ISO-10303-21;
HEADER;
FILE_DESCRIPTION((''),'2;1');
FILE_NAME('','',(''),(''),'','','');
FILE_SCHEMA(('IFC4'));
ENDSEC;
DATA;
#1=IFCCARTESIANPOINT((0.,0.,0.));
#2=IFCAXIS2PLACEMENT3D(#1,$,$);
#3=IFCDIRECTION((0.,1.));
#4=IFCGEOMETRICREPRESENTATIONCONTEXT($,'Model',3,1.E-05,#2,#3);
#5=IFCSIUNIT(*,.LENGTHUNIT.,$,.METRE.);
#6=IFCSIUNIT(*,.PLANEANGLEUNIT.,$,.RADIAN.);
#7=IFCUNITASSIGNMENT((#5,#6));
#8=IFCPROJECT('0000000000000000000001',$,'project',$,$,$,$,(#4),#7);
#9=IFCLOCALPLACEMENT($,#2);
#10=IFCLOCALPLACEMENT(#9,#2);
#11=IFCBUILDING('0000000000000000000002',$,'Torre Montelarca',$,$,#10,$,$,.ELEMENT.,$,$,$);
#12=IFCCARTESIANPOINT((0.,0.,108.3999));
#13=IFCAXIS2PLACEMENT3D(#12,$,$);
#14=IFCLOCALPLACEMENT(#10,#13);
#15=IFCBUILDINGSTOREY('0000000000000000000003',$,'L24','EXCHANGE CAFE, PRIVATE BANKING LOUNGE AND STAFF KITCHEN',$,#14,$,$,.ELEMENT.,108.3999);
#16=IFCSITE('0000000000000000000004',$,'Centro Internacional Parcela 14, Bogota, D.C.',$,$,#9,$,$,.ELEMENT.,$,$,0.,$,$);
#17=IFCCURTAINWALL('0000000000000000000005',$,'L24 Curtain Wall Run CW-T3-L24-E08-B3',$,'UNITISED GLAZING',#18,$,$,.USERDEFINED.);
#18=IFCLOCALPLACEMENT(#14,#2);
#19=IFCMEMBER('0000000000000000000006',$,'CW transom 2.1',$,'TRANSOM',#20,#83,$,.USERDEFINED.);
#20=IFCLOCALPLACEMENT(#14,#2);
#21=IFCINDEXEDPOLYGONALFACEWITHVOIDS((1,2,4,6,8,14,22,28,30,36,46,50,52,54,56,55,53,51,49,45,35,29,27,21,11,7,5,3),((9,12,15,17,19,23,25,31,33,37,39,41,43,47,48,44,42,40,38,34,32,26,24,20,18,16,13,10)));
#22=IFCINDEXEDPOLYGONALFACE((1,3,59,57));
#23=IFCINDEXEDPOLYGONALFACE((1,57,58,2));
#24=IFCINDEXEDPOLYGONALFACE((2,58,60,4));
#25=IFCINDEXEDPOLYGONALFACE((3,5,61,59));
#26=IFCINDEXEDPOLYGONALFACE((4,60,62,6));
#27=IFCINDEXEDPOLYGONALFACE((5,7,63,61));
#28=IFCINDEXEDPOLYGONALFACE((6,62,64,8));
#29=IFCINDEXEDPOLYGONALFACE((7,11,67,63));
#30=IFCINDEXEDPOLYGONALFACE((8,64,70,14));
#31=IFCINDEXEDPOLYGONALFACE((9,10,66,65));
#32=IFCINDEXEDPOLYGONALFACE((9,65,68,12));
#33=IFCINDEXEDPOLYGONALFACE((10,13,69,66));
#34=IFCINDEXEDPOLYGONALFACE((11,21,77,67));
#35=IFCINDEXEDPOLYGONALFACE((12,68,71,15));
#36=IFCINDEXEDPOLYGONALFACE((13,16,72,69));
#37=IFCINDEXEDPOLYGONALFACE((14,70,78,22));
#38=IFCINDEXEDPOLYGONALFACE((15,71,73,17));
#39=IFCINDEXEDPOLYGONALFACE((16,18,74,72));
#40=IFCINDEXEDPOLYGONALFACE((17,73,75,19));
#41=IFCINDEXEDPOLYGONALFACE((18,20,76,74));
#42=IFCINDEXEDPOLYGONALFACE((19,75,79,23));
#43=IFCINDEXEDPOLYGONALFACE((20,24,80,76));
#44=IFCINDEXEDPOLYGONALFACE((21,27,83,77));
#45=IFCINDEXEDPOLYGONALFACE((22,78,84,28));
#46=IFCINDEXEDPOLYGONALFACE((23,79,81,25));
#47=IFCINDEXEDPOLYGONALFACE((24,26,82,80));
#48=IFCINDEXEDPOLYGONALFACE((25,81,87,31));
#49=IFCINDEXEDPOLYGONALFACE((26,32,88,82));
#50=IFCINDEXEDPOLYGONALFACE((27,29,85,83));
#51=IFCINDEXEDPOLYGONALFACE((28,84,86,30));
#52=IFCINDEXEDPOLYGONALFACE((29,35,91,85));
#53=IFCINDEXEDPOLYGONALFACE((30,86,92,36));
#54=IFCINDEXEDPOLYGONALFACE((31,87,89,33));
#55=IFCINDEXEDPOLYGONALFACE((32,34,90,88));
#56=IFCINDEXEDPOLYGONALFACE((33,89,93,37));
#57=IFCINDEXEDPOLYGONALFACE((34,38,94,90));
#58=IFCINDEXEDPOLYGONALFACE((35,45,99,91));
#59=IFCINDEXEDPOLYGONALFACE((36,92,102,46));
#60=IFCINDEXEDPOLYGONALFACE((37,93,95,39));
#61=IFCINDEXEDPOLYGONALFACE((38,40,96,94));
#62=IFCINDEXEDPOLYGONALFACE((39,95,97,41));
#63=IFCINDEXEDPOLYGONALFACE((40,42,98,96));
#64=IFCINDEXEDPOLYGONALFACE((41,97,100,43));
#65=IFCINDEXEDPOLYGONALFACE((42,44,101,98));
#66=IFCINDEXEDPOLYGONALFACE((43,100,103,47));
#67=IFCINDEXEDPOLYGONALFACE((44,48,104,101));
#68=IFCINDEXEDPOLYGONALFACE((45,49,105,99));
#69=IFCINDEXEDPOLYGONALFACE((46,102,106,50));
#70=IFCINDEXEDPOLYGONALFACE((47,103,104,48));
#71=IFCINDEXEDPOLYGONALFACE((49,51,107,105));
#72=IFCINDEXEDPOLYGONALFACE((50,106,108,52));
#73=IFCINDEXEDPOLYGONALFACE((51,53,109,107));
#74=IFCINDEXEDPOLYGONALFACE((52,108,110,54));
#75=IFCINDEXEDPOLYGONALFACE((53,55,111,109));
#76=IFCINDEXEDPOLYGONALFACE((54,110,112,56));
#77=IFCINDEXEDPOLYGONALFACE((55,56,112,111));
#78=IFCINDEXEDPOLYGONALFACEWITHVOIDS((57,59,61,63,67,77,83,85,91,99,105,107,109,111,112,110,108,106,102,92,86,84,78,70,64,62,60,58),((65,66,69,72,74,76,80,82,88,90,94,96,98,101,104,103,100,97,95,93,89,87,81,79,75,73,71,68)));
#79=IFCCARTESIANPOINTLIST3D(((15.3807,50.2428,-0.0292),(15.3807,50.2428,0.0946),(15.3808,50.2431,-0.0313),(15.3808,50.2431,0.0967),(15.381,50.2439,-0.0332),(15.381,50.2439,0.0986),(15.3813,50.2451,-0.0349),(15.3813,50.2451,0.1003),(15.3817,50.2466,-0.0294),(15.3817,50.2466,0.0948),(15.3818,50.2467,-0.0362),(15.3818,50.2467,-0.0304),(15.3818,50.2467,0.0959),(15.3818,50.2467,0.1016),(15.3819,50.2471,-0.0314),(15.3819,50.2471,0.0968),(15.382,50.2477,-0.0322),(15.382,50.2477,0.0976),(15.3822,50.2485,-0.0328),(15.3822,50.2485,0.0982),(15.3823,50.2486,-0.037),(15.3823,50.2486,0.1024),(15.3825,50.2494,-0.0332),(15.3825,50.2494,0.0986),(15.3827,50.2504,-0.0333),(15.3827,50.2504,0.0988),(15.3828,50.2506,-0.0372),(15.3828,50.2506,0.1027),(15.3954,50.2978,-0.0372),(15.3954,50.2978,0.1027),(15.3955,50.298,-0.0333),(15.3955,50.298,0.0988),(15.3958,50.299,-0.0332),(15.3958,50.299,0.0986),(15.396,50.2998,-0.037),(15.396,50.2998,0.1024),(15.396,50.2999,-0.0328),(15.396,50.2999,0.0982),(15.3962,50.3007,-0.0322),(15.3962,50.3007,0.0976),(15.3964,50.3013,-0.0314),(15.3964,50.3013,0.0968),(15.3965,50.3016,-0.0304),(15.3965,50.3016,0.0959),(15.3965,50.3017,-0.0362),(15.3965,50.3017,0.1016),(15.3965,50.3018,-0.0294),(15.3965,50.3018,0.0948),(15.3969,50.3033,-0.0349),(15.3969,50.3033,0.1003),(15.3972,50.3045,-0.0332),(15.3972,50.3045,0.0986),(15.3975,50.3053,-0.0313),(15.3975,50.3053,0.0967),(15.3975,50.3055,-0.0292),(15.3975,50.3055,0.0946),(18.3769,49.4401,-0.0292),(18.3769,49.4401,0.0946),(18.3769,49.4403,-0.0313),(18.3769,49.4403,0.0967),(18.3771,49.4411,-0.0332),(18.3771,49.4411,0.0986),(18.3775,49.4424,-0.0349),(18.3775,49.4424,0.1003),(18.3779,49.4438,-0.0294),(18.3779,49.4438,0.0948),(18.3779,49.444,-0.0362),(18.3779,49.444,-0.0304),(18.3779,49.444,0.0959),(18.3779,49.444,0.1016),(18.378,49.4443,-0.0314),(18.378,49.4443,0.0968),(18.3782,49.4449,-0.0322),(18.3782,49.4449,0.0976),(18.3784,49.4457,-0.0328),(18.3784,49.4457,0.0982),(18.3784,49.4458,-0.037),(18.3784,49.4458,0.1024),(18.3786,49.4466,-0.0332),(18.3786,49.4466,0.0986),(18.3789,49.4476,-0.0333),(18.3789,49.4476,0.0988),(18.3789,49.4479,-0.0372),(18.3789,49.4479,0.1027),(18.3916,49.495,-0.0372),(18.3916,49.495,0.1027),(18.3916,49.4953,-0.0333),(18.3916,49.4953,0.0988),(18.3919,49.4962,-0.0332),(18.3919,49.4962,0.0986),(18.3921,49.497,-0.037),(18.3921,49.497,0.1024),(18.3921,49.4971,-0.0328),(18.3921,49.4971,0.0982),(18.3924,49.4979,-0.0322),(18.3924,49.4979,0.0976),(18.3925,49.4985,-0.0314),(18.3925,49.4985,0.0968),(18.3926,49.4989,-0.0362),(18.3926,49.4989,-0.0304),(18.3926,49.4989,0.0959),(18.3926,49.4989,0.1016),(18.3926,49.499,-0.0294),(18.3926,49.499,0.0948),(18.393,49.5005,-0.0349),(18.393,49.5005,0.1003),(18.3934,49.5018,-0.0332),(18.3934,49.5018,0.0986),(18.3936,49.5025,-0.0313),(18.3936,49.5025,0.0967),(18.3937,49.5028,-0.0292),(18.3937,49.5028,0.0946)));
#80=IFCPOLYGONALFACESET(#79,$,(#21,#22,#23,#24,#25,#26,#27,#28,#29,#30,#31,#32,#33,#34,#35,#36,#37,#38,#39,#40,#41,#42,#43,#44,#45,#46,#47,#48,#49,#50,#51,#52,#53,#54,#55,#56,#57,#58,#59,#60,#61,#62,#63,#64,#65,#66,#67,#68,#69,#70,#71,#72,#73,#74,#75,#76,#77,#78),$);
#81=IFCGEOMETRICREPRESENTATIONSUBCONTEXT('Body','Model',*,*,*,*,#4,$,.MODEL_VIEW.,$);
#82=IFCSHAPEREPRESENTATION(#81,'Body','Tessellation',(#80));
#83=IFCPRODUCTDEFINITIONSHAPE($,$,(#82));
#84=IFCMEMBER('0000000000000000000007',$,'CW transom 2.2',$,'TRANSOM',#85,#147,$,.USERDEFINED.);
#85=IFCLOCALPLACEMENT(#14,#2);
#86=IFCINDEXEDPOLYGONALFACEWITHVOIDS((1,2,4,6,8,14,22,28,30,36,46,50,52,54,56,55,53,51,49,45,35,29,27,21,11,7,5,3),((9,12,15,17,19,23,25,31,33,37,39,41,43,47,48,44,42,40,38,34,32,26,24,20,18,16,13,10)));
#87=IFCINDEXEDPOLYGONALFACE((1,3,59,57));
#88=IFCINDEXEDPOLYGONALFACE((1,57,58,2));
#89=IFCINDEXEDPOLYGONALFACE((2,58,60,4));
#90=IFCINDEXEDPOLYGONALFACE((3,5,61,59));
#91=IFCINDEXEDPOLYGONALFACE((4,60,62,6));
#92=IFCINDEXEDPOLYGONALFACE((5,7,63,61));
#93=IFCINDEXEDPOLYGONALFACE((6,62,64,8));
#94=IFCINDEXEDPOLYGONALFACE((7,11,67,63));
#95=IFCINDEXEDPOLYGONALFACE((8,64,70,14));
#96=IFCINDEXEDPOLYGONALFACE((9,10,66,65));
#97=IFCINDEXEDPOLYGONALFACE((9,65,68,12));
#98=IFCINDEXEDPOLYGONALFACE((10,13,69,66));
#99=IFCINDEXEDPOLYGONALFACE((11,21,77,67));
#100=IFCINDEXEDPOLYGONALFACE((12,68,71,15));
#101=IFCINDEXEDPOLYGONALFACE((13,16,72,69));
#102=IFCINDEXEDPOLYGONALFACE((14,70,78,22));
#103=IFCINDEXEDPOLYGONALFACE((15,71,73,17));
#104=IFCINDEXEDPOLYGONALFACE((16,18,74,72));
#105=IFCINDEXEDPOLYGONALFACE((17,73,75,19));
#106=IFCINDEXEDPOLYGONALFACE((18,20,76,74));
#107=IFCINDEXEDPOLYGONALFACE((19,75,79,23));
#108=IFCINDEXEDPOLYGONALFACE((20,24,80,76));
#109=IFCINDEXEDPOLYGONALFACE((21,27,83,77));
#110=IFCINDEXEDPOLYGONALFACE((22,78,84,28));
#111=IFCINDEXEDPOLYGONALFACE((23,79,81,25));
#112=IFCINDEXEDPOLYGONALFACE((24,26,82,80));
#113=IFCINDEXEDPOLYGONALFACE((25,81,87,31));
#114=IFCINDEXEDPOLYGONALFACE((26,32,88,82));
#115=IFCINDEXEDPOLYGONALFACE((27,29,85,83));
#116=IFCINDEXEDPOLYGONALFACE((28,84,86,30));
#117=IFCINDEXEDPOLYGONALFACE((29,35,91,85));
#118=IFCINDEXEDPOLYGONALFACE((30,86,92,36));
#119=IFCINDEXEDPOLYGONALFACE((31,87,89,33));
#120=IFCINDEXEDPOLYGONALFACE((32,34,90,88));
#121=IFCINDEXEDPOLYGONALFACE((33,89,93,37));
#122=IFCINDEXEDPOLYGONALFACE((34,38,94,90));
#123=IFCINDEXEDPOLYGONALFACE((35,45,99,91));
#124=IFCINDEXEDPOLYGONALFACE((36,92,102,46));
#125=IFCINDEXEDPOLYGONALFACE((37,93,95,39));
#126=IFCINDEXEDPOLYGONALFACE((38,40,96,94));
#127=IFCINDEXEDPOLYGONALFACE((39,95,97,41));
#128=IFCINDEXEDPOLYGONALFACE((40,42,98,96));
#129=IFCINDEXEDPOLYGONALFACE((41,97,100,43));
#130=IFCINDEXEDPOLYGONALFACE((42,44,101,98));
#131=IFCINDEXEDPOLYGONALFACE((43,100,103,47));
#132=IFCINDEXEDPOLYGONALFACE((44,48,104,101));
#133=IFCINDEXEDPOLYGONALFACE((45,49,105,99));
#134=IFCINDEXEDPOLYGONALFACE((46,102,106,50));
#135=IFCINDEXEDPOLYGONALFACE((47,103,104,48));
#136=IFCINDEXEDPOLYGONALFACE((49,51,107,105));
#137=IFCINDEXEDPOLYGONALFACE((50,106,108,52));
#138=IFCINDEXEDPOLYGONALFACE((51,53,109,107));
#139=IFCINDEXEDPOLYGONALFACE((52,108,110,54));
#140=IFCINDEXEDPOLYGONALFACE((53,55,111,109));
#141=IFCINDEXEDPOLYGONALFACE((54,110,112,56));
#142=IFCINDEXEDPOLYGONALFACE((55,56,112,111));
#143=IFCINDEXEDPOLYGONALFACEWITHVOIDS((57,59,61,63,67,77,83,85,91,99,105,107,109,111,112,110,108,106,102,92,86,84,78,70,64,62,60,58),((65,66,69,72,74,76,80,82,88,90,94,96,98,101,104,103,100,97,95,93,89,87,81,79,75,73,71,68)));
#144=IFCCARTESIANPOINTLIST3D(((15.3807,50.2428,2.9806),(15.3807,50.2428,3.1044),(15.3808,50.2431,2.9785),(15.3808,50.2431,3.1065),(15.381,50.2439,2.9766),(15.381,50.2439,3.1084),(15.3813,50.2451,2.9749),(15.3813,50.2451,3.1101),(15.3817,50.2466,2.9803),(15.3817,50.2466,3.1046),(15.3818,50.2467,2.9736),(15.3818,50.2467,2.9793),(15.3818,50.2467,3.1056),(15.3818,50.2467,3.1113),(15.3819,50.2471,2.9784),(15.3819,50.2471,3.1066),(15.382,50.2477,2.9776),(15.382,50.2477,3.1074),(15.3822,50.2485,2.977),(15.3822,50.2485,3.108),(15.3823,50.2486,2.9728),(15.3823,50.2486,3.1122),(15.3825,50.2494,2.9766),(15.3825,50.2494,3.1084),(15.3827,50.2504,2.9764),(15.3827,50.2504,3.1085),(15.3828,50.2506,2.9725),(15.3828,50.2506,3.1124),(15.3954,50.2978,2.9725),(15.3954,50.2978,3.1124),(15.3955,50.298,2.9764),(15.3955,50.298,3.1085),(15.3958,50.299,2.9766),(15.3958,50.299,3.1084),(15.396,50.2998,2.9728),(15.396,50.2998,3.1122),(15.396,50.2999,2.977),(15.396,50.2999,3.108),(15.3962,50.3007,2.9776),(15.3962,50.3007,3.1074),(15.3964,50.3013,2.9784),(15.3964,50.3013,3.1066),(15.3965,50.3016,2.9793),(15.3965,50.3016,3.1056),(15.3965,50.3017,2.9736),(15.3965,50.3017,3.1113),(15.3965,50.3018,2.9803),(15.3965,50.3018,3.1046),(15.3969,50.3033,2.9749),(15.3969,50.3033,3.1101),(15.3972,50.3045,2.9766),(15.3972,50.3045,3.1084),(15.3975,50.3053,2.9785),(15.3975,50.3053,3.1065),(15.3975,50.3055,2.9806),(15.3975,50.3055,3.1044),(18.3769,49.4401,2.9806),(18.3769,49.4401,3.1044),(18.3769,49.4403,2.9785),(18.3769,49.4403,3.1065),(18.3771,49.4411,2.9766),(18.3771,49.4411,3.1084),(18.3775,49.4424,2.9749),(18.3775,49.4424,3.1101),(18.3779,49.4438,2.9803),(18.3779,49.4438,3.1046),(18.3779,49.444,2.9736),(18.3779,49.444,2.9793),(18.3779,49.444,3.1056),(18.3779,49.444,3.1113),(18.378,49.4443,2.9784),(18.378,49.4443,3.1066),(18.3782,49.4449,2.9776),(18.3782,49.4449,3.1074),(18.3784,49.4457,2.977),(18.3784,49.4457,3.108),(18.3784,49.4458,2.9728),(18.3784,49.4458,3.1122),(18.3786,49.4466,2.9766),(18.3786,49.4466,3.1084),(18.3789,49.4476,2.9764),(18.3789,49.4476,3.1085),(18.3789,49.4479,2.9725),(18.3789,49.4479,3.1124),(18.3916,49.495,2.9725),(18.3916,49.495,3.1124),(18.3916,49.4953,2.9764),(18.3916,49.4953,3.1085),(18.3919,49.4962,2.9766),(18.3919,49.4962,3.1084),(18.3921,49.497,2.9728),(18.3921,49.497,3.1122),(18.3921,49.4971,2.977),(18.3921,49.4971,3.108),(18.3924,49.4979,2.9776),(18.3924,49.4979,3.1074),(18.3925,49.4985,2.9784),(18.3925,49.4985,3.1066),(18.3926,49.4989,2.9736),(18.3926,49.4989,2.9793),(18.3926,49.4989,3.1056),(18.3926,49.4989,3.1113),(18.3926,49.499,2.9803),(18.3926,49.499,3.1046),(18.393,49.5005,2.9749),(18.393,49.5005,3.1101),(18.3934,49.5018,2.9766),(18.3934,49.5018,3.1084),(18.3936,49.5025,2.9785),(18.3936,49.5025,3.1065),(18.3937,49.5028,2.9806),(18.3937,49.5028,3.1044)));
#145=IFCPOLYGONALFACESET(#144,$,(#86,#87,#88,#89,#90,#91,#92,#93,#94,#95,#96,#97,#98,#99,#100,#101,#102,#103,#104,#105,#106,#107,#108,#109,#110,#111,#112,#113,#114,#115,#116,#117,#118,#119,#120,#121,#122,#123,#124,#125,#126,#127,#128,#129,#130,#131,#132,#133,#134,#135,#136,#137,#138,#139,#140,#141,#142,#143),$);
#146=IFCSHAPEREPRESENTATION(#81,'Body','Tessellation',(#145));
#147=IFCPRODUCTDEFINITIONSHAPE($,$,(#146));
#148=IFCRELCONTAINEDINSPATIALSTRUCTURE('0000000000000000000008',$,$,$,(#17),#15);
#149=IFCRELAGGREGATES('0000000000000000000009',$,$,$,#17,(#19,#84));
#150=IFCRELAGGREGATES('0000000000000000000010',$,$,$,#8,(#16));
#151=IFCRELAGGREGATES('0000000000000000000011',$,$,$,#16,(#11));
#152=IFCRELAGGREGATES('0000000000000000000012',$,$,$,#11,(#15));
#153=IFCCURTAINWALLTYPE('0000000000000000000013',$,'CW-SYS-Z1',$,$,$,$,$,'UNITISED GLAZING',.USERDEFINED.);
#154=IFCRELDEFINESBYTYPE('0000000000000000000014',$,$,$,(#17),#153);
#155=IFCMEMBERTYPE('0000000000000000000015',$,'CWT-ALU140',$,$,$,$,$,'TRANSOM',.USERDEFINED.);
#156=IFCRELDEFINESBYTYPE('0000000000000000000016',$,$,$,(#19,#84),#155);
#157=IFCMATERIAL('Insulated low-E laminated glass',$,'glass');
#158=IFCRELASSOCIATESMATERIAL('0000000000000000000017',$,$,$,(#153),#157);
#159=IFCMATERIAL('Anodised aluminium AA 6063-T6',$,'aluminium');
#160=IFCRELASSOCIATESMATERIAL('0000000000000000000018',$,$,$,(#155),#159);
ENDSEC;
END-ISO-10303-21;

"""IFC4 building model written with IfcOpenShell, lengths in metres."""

from ifc_helpers import new_model, si_unit, direction, frame, origin, origin_2d, place, context, subcontext, project, spatial, hollow_rectangle, extrude, source, transform, mapped, material, material_profile, profile_set, type_object, element, aggregate, save


model = new_model("IFC4")

# Units and contexts
model_context = context("Model", 3, precision=1e-05, world=origin(), true_north=direction((0.0, 1.0)))
body_context = subcontext(model_context, "Body", "Model", "MODEL_VIEW")
ifc_project = project(units=[si_unit("LENGTHUNIT", "METRE"), si_unit("PLANEANGLEUNIT", "RADIAN")], contexts=[model_context])

# Site, building, storey
site_placement = place(None, origin())
site = spatial("IfcSite", under=ifc_project, at=site_placement, Name="Centro Internacional Parcela 14, Bogota, D.C.", CompositionType="ELEMENT", RefElevation=0.0)
building_placement = place(site_placement, origin())
building = spatial("IfcBuilding", under=site, at=building_placement, Name="Torre Montelarca", CompositionType="ELEMENT")
storey_placement = place(building_placement, frame((0.0, 0.0, 108.3999)))
storey = spatial("IfcBuildingStorey", under=building, at=storey_placement, Name="L24", Description="EXCHANGE CAFE, PRIVATE BANKING LOUNGE AND STAFF KITCHEN", CompositionType="ELEMENT", Elevation=108.3999)

# Curtain wall, members
ifc_material_1 = material(Name="Insulated low-E laminated glass", Category="glass")
curtain_wall_type = type_object("IfcCurtainWallType", Name="CW-SYS-Z1", ElementType="UNITISED GLAZING", PredefinedType="USERDEFINED", material=ifc_material_1)
ifc_material_2 = material(Name="Anodised aluminium AA 6063-T6", Category="aluminium")
ifc_material_profile_1 = material_profile(ifc_material_2, hollow_rectangle(XDim=0.0649, YDim=0.1399, WallThickness=0.0039, InnerFilletRadius=0.0039, OuterFilletRadius=0.0081, at=origin_2d()), Name="ALU65X140X4", Category="aluminium")
ifc_profile_set_1 = profile_set([ifc_material_profile_1], Name="Anodised aluminium AA 6063-T6")
member_type_1 = type_object("IfcMemberType", Name="CWT-ALU140", ElementType="TRANSOM", PredefinedType="USERDEFINED", material=ifc_profile_set_1)
curtain_wall_1_placement = place(storey_placement, origin())
curtain_wall_1 = element("IfcCurtainWall", 1, at=curtain_wall_1_placement, inside=storey, type_object=curtain_wall_type, Name="L24 Curtain Wall Run CW-T3-L24-E08-B3", ObjectType="UNITISED GLAZING", PredefinedType="USERDEFINED")
shared_shape_1 = source(origin(), body_context, "Body", "SweptSolid", [
    extrude(hollow_rectangle(XDim=0.0649, YDim=0.1399, WallThickness=0.0039, InnerFilletRadius=0.0039, OuterFilletRadius=0.0081, at=origin_2d()), origin(), (0.0, 0.0, 1.0), 3.1018),
])
member_1_placement = place(storey_placement, frame((18.3853, 49.4714, 0.0327), z_axis=(-0.965931, 0.258799, 0.0), x_axis=(-0.258799, -0.965931, 0.0)))
member_1 = element("IfcMember", 2, at=member_1_placement, type_object=member_type_1, Name="CW transom 2.1", ObjectType="TRANSOM", PredefinedType="USERDEFINED", context=body_context, shape_type="MappedRepresentation", body=[
    mapped(shared_shape_1, transform((0.0, 0.0, 0.0), scale=1.0)),
])
member_2_placement = place(storey_placement, frame((18.3853, 49.4714, 3.0425), z_axis=(-0.965931, 0.258799, 0.0), x_axis=(-0.258799, -0.965931, 0.0)))
member_2 = element("IfcMember", 3, at=member_2_placement, type_object=member_type_1, Name="CW transom 2.2", ObjectType="TRANSOM", PredefinedType="USERDEFINED", context=body_context, shape_type="MappedRepresentation", body=[
    mapped(shared_shape_1, transform((0.0, 0.0, 0.0), scale=1.0)),
])

aggregate(curtain_wall_1, [member_1, member_2])

save(model, "model.ifc")
